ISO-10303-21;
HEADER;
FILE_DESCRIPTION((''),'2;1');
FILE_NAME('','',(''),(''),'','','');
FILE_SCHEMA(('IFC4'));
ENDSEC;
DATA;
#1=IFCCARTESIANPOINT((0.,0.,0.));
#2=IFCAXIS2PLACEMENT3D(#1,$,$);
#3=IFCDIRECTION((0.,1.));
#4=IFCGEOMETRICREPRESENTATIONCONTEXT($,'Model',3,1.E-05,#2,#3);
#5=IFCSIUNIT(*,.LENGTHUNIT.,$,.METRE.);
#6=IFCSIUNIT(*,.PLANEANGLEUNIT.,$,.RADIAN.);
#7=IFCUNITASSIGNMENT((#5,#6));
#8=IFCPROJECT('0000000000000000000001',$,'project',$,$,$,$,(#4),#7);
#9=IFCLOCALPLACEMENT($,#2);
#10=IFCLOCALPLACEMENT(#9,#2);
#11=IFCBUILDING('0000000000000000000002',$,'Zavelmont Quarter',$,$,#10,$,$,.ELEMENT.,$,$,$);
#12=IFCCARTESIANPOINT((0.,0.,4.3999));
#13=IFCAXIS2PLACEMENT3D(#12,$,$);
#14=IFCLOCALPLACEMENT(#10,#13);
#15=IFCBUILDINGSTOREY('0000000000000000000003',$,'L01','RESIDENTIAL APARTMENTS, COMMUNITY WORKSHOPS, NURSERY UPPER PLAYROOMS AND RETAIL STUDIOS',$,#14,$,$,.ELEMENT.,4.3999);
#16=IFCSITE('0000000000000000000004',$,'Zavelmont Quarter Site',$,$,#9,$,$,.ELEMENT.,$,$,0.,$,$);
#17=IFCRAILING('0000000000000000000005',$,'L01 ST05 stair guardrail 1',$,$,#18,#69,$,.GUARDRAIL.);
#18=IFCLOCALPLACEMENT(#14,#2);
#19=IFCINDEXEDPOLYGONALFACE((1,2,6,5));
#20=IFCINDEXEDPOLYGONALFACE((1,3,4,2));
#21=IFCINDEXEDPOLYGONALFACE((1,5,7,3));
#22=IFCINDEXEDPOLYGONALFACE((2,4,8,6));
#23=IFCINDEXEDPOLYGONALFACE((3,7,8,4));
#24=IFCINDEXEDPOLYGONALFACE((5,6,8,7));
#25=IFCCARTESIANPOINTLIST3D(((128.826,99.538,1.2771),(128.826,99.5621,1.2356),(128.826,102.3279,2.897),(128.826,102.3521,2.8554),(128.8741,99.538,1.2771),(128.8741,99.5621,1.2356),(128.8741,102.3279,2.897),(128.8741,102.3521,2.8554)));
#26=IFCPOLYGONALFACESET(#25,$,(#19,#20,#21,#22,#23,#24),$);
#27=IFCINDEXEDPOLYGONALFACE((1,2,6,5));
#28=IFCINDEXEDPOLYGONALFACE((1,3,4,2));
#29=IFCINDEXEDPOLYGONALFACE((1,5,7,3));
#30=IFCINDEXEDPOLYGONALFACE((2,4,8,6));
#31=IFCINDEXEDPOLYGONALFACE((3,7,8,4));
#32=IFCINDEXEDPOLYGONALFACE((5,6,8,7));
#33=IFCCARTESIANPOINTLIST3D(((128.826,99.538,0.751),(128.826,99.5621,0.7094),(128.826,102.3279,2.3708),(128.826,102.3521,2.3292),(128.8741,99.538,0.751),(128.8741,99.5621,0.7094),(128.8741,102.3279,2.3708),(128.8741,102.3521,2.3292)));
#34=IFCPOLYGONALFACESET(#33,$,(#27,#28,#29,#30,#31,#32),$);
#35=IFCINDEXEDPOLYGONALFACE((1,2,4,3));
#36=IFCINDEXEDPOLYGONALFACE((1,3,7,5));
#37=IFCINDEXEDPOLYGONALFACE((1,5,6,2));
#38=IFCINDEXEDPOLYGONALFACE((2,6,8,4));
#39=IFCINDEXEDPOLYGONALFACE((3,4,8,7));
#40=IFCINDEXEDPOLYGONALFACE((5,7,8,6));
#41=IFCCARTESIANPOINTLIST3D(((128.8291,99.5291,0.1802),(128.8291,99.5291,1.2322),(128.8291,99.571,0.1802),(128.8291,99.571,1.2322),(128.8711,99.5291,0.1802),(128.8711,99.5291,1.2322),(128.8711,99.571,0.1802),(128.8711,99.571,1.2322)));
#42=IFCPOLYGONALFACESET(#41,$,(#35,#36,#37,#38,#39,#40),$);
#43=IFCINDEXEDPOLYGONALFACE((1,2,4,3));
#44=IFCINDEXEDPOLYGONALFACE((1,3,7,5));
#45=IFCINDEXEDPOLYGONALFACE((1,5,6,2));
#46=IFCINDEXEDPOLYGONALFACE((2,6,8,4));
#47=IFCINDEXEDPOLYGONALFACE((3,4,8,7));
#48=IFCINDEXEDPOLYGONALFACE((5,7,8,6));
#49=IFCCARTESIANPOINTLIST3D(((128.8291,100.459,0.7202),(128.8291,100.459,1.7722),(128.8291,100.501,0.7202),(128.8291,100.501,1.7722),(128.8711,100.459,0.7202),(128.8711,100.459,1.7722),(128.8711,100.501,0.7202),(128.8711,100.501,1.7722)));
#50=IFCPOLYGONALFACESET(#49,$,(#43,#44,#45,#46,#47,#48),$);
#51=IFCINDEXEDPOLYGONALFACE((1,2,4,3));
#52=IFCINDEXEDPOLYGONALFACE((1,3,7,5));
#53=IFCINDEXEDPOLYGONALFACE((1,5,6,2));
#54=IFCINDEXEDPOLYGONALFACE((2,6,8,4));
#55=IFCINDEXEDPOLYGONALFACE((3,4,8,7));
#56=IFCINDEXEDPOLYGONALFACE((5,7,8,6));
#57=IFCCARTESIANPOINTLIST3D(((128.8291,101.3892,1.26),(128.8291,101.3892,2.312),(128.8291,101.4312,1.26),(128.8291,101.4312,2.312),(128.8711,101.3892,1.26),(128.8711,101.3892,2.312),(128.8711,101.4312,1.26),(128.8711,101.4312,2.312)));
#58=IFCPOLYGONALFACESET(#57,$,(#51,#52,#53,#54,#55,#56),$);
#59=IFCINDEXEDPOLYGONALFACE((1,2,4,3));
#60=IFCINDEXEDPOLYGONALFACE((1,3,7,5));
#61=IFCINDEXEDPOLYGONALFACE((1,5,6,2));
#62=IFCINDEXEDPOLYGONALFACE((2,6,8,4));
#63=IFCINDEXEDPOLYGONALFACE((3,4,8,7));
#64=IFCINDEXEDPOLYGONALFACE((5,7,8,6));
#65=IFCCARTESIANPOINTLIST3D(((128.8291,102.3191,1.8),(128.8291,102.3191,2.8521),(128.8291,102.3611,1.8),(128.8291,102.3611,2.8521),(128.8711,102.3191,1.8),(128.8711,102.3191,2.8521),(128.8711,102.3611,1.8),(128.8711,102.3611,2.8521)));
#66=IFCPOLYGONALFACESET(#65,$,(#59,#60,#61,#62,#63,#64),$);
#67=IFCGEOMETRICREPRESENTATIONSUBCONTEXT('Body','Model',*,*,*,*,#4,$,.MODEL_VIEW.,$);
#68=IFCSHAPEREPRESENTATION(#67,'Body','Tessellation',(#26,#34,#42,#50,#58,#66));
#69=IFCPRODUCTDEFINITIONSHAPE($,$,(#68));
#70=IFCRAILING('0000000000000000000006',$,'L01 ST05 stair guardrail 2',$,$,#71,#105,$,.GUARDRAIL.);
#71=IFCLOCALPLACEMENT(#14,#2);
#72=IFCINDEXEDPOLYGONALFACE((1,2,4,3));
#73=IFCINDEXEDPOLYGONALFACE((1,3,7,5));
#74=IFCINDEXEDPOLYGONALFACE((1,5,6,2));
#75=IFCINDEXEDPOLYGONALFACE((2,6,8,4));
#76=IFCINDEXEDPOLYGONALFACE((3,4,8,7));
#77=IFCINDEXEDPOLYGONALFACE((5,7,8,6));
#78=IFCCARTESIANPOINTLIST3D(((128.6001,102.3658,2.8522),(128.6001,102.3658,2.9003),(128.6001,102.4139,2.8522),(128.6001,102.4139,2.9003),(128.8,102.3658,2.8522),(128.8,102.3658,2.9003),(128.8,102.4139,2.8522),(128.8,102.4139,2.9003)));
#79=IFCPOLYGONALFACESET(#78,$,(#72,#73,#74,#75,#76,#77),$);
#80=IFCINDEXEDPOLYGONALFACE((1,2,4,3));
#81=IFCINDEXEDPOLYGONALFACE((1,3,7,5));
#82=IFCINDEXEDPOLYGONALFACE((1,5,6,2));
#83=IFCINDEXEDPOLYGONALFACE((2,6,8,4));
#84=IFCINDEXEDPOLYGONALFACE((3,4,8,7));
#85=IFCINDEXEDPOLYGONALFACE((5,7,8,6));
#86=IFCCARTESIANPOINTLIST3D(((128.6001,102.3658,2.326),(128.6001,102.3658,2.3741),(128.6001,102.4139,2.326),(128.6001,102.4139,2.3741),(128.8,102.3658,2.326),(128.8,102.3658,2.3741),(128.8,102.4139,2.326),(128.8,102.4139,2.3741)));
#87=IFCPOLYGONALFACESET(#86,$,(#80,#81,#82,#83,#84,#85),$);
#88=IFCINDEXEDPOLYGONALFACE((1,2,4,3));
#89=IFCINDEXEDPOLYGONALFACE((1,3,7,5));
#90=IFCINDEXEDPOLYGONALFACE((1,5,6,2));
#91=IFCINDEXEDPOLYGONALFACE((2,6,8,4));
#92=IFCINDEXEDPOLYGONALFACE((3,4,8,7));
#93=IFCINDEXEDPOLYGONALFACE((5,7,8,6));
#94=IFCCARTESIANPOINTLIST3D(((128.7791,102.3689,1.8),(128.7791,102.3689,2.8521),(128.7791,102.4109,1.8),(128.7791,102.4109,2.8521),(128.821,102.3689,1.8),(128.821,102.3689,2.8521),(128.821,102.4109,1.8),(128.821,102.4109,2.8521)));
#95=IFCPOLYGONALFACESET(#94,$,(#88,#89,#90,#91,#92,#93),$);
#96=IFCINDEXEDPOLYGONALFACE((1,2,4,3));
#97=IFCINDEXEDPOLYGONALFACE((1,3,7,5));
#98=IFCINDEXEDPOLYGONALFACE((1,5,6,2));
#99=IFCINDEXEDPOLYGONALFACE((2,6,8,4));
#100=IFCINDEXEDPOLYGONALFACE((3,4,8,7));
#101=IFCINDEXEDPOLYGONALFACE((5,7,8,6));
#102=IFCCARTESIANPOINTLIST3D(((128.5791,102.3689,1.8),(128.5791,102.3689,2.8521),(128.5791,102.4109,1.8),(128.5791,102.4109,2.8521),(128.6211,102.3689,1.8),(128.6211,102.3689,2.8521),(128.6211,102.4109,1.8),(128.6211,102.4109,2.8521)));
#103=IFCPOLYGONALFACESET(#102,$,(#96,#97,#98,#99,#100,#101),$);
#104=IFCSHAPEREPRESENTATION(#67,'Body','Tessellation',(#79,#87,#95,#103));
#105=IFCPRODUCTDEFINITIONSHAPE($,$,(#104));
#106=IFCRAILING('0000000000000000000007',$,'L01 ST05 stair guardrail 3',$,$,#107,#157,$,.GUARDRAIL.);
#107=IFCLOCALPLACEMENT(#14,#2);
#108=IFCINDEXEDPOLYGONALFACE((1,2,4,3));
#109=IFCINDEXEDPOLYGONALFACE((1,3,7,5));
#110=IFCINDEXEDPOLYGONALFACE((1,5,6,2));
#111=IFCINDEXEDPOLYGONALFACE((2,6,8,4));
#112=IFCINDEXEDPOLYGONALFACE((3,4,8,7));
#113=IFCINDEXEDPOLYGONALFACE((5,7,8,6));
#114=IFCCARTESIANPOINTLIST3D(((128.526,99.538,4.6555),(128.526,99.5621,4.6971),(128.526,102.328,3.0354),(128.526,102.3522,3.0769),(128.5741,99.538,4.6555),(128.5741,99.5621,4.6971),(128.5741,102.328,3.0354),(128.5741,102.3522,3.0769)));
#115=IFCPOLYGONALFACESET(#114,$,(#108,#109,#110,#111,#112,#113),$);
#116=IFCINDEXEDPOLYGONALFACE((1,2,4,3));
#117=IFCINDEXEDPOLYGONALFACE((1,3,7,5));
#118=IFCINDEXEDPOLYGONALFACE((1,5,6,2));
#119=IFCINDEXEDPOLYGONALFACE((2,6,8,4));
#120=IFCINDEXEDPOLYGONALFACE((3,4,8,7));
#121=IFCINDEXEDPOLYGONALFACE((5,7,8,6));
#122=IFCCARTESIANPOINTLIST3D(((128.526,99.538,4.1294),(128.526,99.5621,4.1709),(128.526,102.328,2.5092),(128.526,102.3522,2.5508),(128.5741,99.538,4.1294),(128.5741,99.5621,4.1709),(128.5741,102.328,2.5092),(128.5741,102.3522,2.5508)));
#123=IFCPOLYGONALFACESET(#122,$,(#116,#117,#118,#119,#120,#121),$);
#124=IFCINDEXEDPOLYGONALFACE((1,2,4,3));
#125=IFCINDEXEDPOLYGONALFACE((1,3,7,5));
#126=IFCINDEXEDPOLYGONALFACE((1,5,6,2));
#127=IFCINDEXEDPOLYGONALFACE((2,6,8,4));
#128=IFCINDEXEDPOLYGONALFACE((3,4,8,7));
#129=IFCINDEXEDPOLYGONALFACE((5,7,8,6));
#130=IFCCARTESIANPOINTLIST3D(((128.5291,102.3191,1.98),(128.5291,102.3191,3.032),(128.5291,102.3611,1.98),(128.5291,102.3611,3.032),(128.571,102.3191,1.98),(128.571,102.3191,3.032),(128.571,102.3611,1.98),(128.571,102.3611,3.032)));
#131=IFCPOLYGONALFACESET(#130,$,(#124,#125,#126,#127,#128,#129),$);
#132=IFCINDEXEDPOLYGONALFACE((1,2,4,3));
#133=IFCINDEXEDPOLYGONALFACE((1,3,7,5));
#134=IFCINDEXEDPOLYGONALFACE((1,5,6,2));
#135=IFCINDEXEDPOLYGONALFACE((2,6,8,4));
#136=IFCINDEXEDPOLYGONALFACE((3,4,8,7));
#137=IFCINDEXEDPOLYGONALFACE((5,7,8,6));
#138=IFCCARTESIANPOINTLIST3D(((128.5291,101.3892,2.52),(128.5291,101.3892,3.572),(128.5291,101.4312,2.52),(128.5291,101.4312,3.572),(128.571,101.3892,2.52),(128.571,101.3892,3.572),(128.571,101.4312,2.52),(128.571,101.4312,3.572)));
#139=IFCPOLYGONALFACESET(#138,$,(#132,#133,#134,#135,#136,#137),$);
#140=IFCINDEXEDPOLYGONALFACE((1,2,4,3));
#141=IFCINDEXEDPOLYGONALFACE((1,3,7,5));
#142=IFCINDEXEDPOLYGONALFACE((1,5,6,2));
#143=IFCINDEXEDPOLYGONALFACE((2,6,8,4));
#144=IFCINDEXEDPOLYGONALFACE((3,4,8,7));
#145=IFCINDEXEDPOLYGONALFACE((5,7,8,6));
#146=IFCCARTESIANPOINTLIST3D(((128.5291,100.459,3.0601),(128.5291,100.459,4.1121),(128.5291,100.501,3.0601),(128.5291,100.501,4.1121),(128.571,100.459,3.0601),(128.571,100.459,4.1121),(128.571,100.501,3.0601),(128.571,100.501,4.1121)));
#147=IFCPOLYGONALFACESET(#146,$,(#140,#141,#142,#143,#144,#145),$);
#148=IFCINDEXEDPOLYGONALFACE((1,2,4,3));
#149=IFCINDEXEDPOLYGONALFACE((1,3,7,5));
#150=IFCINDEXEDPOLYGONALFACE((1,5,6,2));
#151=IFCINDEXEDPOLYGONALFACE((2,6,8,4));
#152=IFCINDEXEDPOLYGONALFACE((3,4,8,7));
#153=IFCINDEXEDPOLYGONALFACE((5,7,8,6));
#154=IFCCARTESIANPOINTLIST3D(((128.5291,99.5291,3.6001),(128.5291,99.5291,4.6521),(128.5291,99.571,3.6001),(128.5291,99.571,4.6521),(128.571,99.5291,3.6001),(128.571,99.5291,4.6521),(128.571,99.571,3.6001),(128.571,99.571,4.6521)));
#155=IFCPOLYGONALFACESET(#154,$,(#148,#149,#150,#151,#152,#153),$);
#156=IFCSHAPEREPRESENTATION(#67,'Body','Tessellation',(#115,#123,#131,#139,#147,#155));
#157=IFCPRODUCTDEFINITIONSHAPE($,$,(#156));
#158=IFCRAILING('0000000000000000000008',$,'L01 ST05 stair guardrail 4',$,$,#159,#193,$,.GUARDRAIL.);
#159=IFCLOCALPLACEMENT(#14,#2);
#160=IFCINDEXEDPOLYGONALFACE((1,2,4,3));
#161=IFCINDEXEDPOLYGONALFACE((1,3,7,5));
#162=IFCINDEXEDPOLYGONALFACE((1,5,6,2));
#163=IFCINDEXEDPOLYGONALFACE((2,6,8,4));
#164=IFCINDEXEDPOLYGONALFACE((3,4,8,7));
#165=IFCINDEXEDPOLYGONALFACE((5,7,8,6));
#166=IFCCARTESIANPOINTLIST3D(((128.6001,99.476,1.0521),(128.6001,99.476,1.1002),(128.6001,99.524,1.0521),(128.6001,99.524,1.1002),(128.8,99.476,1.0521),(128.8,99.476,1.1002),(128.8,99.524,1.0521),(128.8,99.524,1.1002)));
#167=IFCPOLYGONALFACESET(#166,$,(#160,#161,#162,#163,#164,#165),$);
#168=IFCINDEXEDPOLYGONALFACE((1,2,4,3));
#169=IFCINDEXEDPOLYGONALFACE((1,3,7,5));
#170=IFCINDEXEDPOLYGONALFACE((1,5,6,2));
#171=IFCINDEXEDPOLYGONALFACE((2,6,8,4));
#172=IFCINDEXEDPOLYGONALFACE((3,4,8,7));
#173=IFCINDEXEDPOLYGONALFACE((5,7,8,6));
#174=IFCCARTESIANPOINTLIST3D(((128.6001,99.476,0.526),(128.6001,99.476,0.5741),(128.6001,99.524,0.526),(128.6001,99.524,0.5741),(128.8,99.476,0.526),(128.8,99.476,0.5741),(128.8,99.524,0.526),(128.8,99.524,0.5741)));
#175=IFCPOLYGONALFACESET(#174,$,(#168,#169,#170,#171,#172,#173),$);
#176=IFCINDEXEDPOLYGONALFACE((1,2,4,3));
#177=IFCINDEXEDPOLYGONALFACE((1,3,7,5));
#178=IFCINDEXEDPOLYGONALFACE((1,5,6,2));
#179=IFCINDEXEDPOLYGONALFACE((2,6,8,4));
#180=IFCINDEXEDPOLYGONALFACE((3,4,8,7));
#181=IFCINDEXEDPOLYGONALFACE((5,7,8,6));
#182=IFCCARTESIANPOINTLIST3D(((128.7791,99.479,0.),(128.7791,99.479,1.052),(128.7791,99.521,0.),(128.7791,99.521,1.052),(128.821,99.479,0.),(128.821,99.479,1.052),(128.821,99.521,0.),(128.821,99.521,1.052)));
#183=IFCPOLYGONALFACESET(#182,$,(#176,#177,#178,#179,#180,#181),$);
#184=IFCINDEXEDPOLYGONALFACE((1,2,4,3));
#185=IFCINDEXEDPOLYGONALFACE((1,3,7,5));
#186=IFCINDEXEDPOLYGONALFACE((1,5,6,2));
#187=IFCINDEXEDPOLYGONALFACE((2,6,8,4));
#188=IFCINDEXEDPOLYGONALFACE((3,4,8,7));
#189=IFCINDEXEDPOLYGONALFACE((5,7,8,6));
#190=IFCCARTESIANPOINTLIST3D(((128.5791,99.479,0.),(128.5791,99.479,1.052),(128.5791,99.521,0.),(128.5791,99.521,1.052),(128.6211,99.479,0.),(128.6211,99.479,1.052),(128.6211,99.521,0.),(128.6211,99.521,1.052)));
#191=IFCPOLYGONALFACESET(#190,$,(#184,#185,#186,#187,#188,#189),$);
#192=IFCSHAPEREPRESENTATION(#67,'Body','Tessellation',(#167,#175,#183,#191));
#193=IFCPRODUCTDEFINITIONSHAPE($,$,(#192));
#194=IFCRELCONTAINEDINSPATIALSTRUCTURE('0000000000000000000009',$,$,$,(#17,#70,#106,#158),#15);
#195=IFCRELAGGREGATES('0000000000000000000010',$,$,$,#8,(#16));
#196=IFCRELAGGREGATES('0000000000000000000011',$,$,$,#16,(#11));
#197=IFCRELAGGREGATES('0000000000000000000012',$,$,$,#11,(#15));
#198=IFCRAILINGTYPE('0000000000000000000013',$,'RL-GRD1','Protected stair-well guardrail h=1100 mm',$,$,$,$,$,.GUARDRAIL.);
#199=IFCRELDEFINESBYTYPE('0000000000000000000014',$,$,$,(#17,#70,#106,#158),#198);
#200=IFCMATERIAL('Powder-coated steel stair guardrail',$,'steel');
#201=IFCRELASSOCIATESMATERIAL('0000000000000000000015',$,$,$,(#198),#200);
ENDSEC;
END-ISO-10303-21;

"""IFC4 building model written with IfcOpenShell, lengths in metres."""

from ifc_helpers import new_model, si_unit, direction, frame, origin, origin_2d, place, context, subcontext, project, spatial, rectangle, extrude, material, type_object, element, save


model = new_model("IFC4")

# Units and contexts
model_context = context("Model", 3, precision=1e-05, world=origin(), true_north=direction((0.0, 1.0)))
body_context = subcontext(model_context, "Body", "Model", "MODEL_VIEW")
ifc_project = project(units=[si_unit("LENGTHUNIT", "METRE"), si_unit("PLANEANGLEUNIT", "RADIAN")], contexts=[model_context])

# Site, building, storey
site_placement = place(None, origin())
site = spatial("IfcSite", under=ifc_project, at=site_placement, Name="Zavelmont Quarter Site", CompositionType="ELEMENT", RefElevation=0.0)
building_placement = place(site_placement, origin())
building = spatial("IfcBuilding", under=site, at=building_placement, Name="Zavelmont Quarter", CompositionType="ELEMENT")
storey_placement = place(building_placement, frame((0.0, 0.0, 4.3999)))
storey = spatial("IfcBuildingStorey", under=building, at=storey_placement, Name="L01", Description="RESIDENTIAL APARTMENTS, COMMUNITY WORKSHOPS, NURSERY UPPER PLAYROOMS AND RETAIL STUDIOS", CompositionType="ELEMENT", Elevation=4.3999)

# Railings
ifc_material_1 = material(Name="Powder-coated steel stair guardrail", Category="steel")
railing_type_1 = type_object("IfcRailingType", Name="RL-GRD1", Description="Protected stair-well guardrail h=1100 mm", PredefinedType="GUARDRAIL", material=ifc_material_1)
railing_1_placement = place(storey_placement, frame((128.8501, 99.55, 0.1802)))
element("IfcRailing", 1, at=railing_1_placement, inside=storey, type_object=railing_type_1, Name="L01 ST05 stair guardrail 1", PredefinedType="GUARDRAIL", context=body_context, shape_type="SweptSolid", body=[
    extrude(rectangle(XDim=0.0481, YDim=0.0481, at=origin_2d()), frame((0.0, 0.0, 1.0762), z_axis=(0.0, 0.864809, 0.502101), x_axis=(-1.0, 0.0, 0.0)), (0.0, 0.0, 1.0), 3.2261),
    extrude(rectangle(XDim=0.0481, YDim=0.0481, at=origin_2d()), frame((0.0, 0.0, 0.55), z_axis=(0.0, 0.864809, 0.502101), x_axis=(-1.0, 0.0, 0.0)), (0.0, 0.0, 1.0), 3.2261),
    extrude(rectangle(XDim=0.042, YDim=0.042, at=origin_2d()), origin(), (0.0, 0.0, 1.0), 1.052),
    extrude(rectangle(XDim=0.042, YDim=0.042, at=origin_2d()), frame((0.0, 0.9299, 0.54)), (0.0, 0.0, 1.0), 1.052),
    extrude(rectangle(XDim=0.042, YDim=0.042, at=origin_2d()), frame((0.0, 1.8601, 1.0798)), (0.0, 0.0, 1.0), 1.052),
    extrude(rectangle(XDim=0.042, YDim=0.042, at=origin_2d()), frame((0.0, 2.79, 1.6199)), (0.0, 0.0, 1.0), 1.052),
])
railing_2_placement = place(storey_placement, frame((128.8, 102.3899, 1.8)))
element("IfcRailing", 2, at=railing_2_placement, inside=storey, type_object=railing_type_1, Name="L01 ST05 stair guardrail 2", PredefinedType="GUARDRAIL", context=body_context, shape_type="SweptSolid", body=[
    extrude(rectangle(XDim=0.0481, YDim=0.0481, at=origin_2d()), frame((0.0, 0.0, 1.0762), z_axis=(-1.0, 0.0, 0.0), x_axis=(0.0, -1.0, 0.0)), (0.0, 0.0, 1.0), 0.2),
    extrude(rectangle(XDim=0.0481, YDim=0.0481, at=origin_2d()), frame((0.0, 0.0, 0.55), z_axis=(-1.0, 0.0, 0.0), x_axis=(0.0, -1.0, 0.0)), (0.0, 0.0, 1.0), 0.2),
    extrude(rectangle(XDim=0.042, YDim=0.042, at=origin_2d()), origin(), (0.0, 0.0, 1.0), 1.052),
    extrude(rectangle(XDim=0.042, YDim=0.042, at=origin_2d()), frame((-0.2, 0.0, 0.0)), (0.0, 0.0, 1.0), 1.052),
])
railing_3_placement = place(storey_placement, frame((128.55, 102.3401, 1.98)))
element("IfcRailing", 3, at=railing_3_placement, inside=storey, type_object=railing_type_1, Name="L01 ST05 stair guardrail 3", PredefinedType="GUARDRAIL", context=body_context, shape_type="SweptSolid", body=[
    extrude(rectangle(XDim=0.0481, YDim=0.0481, at=origin_2d()), frame((0.0, 0.0, 1.0762), z_axis=(0.0, -0.864776, 0.502157), x_axis=(1.0, 0.0, 0.0)), (0.0, 0.0, 1.0), 3.2263),
    extrude(rectangle(XDim=0.0481, YDim=0.0481, at=origin_2d()), frame((0.0, 0.0, 0.55), z_axis=(0.0, -0.864776, 0.502157), x_axis=(1.0, 0.0, 0.0)), (0.0, 0.0, 1.0), 3.2263),
    extrude(rectangle(XDim=0.042, YDim=0.042, at=origin_2d()), origin(), (0.0, 0.0, 1.0), 1.052),
    extrude(rectangle(XDim=0.042, YDim=0.042, at=origin_2d()), frame((0.0, -0.9299, 0.54)), (0.0, 0.0, 1.0), 1.052),
    extrude(rectangle(XDim=0.042, YDim=0.042, at=origin_2d()), frame((0.0, -1.8601, 1.0801)), (0.0, 0.0, 1.0), 1.052),
    extrude(rectangle(XDim=0.042, YDim=0.042, at=origin_2d()), frame((0.0, -2.79, 1.6201)), (0.0, 0.0, 1.0), 1.052),
])
railing_4_placement = place(storey_placement, frame((128.8, 99.5, 0.0)))
element("IfcRailing", 4, at=railing_4_placement, inside=storey, type_object=railing_type_1, Name="L01 ST05 stair guardrail 4", PredefinedType="GUARDRAIL", context=body_context, shape_type="SweptSolid", body=[
    extrude(rectangle(XDim=0.0481, YDim=0.0481, at=origin_2d()), frame((0.0, 0.0, 1.0762), z_axis=(-1.0, 0.0, 0.0), x_axis=(0.0, -1.0, 0.0)), (0.0, 0.0, 1.0), 0.2),
    extrude(rectangle(XDim=0.0481, YDim=0.0481, at=origin_2d()), frame((0.0, 0.0, 0.55), z_axis=(-1.0, 0.0, 0.0), x_axis=(0.0, -1.0, 0.0)), (0.0, 0.0, 1.0), 0.2),
    extrude(rectangle(XDim=0.042, YDim=0.042, at=origin_2d()), origin(), (0.0, 0.0, 1.0), 1.052),
    extrude(rectangle(XDim=0.042, YDim=0.042, at=origin_2d()), frame((-0.2, 0.0, 0.0)), (0.0, 0.0, 1.0), 1.052),
])

save(model, "model.ifc")
